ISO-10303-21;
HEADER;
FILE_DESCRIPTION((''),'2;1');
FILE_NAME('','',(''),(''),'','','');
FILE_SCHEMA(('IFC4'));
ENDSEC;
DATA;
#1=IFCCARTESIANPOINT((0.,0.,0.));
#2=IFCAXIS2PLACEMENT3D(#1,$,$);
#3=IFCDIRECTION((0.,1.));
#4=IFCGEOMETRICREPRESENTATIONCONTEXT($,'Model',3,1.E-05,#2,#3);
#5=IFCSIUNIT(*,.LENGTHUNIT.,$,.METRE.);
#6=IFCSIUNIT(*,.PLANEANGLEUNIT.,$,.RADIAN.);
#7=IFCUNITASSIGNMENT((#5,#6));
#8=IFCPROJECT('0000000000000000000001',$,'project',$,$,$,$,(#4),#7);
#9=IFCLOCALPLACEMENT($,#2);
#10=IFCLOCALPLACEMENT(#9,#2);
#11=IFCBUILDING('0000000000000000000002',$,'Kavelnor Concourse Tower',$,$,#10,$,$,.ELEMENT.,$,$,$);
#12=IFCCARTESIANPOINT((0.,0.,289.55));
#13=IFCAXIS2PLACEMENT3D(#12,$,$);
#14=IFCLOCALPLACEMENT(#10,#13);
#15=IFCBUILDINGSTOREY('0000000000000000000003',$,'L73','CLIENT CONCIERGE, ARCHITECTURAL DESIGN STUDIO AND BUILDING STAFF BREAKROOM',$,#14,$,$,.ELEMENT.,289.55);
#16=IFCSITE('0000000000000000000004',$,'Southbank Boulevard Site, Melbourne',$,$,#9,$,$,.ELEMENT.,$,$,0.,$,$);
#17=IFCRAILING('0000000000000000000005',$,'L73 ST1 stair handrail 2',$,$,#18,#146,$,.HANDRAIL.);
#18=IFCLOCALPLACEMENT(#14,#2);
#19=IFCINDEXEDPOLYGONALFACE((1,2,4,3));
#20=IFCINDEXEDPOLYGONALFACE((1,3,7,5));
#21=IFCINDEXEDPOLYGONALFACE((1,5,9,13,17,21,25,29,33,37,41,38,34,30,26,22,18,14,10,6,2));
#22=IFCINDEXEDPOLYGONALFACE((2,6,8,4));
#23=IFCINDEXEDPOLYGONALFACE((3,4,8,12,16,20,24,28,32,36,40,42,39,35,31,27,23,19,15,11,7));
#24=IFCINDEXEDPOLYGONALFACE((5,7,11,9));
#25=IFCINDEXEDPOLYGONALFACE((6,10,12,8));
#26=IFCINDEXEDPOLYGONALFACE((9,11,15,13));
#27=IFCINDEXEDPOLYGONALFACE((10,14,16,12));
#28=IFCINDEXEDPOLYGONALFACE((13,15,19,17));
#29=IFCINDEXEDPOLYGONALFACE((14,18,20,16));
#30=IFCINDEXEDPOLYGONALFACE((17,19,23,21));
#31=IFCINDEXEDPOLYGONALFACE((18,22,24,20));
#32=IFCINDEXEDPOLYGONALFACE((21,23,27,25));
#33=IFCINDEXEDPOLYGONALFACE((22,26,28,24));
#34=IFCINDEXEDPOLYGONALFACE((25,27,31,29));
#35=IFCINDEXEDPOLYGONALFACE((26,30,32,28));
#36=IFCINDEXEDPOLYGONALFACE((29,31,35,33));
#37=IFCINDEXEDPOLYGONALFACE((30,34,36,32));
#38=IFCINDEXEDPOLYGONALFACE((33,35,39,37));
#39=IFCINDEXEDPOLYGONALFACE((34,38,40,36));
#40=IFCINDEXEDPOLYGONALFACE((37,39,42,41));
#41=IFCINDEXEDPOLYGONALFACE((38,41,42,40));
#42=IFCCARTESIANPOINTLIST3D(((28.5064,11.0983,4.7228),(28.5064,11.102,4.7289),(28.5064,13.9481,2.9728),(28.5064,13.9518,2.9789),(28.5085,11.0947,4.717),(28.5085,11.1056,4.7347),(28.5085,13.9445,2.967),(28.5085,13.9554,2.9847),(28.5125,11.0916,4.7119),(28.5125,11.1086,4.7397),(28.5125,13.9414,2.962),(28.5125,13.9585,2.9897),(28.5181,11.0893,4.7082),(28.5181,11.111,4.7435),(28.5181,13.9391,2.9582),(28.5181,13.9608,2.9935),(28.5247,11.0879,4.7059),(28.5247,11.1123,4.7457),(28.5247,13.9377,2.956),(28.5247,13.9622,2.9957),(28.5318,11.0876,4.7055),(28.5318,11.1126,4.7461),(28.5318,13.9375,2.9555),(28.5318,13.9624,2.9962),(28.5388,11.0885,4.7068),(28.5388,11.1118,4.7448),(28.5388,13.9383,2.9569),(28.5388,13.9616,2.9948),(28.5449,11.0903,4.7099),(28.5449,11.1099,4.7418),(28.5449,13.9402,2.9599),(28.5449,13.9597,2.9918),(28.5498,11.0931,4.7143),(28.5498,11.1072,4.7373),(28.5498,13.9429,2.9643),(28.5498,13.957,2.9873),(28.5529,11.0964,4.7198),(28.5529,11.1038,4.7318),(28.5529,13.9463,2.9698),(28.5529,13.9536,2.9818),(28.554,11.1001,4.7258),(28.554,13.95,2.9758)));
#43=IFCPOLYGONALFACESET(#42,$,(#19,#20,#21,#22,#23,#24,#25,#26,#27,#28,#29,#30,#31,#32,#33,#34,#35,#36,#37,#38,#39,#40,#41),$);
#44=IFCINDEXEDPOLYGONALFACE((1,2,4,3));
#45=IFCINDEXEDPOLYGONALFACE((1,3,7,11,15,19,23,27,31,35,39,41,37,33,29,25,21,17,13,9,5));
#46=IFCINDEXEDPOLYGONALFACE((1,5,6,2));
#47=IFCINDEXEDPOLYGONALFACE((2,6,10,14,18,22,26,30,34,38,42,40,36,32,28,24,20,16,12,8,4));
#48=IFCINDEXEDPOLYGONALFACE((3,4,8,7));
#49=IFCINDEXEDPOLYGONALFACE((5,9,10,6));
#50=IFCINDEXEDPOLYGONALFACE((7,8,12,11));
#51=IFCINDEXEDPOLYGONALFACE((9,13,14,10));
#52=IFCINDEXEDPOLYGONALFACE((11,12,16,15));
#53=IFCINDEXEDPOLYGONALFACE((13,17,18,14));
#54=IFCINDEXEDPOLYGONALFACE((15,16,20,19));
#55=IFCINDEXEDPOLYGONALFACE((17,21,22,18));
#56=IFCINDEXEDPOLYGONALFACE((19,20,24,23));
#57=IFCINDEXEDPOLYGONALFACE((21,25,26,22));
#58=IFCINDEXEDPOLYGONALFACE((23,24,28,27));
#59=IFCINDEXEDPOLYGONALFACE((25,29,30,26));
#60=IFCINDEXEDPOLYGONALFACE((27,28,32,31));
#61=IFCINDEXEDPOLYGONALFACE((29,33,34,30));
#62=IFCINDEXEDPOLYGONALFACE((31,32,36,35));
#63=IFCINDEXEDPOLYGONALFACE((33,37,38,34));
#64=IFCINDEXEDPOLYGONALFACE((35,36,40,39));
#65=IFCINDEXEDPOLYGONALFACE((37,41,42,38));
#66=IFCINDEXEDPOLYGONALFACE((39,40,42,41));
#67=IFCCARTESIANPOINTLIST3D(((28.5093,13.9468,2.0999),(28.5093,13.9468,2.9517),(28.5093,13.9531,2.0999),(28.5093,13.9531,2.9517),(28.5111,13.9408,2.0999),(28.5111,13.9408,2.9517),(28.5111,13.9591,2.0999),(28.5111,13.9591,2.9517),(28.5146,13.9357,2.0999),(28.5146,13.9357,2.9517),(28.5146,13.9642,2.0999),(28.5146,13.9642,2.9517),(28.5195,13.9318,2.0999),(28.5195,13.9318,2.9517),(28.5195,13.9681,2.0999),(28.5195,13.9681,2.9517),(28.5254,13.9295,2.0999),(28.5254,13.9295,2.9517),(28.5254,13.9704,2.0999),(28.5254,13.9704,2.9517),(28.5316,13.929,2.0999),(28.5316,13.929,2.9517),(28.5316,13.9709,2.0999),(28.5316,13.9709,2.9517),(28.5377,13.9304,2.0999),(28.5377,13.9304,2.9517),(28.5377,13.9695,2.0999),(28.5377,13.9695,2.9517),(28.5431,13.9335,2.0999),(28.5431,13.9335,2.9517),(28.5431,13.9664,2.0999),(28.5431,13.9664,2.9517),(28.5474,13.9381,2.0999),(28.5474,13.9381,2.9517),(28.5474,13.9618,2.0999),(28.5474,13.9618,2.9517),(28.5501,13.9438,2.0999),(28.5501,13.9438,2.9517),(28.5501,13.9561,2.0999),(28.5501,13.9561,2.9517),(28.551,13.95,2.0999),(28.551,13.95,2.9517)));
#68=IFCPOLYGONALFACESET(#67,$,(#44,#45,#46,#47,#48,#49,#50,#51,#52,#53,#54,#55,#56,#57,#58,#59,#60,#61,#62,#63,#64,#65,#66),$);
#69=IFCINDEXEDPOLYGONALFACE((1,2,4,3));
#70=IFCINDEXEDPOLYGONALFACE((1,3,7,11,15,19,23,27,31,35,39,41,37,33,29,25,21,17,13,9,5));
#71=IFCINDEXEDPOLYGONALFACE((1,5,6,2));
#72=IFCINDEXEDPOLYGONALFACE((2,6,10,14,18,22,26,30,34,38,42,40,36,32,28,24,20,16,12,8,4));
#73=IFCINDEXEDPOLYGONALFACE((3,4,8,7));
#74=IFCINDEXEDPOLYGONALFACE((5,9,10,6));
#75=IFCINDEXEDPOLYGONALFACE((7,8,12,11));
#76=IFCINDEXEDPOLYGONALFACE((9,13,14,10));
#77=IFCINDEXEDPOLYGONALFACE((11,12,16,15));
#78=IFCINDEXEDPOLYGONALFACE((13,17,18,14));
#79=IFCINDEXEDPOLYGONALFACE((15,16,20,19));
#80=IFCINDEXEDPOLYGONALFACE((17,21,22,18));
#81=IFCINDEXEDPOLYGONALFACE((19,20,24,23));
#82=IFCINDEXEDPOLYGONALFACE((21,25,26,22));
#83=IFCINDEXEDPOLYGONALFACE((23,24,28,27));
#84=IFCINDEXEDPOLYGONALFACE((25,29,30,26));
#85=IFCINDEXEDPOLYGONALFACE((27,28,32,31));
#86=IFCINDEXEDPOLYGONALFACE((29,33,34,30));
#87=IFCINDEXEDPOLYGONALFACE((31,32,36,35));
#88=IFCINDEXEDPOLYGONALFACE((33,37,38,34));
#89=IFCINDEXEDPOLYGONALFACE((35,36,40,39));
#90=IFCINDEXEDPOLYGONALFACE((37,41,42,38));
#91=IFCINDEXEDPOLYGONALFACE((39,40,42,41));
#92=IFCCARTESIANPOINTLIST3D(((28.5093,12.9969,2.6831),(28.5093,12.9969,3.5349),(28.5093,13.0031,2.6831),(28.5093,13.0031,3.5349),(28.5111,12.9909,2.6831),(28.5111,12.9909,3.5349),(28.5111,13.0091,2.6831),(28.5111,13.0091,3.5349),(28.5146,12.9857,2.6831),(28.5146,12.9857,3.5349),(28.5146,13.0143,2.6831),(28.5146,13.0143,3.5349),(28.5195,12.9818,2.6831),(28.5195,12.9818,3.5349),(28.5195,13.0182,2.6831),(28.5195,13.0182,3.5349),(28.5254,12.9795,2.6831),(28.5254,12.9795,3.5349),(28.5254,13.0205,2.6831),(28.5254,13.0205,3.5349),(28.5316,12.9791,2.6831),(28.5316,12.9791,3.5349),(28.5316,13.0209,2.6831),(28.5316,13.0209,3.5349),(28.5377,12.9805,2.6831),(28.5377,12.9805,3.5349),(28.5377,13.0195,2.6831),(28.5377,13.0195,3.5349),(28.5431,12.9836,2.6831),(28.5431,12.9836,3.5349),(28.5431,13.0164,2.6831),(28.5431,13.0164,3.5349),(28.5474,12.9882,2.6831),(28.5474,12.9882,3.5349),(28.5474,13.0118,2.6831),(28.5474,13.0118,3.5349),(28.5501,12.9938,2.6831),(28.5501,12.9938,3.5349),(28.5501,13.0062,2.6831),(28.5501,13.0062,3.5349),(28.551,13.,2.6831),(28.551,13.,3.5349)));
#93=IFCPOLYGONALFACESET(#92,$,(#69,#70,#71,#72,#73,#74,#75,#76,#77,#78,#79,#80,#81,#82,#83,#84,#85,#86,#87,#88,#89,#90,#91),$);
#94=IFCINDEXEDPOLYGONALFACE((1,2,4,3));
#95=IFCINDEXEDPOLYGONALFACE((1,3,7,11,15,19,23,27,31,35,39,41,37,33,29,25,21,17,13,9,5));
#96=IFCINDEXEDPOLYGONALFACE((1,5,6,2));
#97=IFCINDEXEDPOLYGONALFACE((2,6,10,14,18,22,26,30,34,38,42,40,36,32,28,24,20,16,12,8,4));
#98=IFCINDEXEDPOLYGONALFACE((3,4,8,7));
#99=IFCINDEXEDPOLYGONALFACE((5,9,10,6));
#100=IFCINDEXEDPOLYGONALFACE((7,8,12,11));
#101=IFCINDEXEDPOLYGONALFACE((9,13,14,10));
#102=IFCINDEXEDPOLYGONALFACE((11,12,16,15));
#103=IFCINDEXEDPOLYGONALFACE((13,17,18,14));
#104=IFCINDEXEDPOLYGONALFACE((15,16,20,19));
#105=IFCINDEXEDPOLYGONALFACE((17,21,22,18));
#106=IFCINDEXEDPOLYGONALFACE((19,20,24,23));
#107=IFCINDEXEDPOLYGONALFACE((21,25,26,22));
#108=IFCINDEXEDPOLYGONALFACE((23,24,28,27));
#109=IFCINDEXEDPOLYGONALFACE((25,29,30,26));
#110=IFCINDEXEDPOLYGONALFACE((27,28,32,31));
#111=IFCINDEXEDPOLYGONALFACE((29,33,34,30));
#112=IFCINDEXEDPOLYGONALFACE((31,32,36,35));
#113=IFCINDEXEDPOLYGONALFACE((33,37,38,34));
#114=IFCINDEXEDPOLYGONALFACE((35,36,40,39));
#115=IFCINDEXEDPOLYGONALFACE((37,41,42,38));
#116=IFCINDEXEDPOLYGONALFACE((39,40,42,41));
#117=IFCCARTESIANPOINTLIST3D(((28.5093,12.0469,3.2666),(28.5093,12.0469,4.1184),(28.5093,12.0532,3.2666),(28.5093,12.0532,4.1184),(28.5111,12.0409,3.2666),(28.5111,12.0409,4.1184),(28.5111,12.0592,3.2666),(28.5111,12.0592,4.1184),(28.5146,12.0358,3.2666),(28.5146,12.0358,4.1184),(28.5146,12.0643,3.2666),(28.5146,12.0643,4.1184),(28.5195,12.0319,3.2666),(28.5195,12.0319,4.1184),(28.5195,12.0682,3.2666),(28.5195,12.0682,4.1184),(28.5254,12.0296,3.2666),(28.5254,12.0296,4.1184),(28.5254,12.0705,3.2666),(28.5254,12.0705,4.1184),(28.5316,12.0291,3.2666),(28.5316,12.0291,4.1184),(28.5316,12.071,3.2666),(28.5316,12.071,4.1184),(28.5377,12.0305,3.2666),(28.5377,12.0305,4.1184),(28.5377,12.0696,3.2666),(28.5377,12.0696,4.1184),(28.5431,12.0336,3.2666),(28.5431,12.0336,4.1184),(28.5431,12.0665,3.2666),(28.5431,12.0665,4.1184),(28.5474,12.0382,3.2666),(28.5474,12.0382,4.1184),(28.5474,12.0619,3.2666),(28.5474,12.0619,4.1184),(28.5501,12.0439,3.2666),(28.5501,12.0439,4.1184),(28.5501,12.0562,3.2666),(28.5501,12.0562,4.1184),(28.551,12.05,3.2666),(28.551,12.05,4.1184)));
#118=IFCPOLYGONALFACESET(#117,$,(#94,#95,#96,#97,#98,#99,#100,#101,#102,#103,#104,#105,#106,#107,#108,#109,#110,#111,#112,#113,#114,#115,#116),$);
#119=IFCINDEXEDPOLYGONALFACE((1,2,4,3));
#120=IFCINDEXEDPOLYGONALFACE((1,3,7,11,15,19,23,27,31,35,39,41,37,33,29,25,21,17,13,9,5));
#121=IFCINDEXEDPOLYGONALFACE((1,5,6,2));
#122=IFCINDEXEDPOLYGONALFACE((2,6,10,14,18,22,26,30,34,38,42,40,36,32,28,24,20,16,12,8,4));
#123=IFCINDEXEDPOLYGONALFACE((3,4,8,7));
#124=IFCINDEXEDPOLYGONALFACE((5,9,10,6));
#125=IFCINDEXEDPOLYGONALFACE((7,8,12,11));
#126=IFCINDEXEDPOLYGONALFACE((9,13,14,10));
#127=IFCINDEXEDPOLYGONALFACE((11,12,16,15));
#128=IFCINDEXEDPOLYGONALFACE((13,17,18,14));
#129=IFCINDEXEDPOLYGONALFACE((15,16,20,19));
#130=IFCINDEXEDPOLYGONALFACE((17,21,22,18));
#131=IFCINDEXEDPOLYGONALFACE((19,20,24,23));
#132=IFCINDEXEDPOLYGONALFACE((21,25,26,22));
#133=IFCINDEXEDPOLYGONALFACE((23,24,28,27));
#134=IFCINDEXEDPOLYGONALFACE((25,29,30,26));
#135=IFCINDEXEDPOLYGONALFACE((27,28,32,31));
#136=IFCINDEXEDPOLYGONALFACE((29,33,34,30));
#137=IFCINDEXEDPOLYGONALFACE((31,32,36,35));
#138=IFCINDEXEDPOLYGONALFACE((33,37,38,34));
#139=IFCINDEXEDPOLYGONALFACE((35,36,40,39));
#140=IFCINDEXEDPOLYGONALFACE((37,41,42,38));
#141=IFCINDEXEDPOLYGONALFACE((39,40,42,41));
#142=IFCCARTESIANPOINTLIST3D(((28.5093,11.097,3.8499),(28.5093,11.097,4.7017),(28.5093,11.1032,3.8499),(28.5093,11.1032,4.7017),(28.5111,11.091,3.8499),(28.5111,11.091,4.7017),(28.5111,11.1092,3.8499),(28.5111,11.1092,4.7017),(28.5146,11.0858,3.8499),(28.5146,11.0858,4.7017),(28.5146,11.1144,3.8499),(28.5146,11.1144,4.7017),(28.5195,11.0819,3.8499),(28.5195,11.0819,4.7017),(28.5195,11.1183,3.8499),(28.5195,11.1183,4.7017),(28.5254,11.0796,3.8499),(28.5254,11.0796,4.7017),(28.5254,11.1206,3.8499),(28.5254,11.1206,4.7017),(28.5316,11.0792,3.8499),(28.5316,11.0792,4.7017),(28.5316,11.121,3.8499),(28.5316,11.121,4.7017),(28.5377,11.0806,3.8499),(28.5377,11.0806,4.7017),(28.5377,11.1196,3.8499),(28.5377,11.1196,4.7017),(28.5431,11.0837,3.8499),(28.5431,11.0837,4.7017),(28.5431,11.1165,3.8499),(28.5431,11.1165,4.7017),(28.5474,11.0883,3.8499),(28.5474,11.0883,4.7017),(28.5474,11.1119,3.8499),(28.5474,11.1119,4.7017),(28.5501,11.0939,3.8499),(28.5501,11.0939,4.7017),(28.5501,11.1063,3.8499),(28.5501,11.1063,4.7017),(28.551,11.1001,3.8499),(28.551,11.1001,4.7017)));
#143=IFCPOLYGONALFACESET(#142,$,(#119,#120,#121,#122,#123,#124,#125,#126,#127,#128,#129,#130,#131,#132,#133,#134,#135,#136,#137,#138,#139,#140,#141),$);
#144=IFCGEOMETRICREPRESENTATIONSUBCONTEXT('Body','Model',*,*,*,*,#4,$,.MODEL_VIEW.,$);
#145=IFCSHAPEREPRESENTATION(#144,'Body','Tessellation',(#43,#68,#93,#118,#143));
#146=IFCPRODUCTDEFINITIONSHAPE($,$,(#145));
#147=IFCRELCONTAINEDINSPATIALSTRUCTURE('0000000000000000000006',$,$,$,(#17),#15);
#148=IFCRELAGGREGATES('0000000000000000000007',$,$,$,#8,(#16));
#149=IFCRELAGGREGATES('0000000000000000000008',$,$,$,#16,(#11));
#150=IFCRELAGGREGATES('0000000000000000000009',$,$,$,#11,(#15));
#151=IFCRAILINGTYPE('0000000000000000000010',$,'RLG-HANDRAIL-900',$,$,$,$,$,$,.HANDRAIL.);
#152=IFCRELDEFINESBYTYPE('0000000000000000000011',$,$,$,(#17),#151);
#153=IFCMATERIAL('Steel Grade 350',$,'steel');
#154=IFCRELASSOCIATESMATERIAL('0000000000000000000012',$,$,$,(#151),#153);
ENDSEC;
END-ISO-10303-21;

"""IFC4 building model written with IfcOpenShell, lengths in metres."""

from ifc_helpers import new_model, si_unit, direction, frame, origin, origin_2d, place, context, subcontext, project, spatial, circle, extrude, material, type_object, element, save


model = new_model("IFC4")

# Units and contexts
model_context = context("Model", 3, precision=1e-05, world=origin(), true_north=direction((0.0, 1.0)))
body_context = subcontext(model_context, "Body", "Model", "MODEL_VIEW")
ifc_project = project(units=[si_unit("LENGTHUNIT", "METRE"), si_unit("PLANEANGLEUNIT", "RADIAN")], contexts=[model_context])

# Site, building, storey
site_placement = place(None, origin())
site = spatial("IfcSite", under=ifc_project, at=site_placement, Name="Southbank Boulevard Site, Melbourne", CompositionType="ELEMENT", RefElevation=0.0)
building_placement = place(site_placement, origin())
building = spatial("IfcBuilding", under=site, at=building_placement, Name="Kavelnor Concourse Tower", CompositionType="ELEMENT")
storey_placement = place(building_placement, frame((0.0, 0.0, 289.55)))
storey = spatial("IfcBuildingStorey", under=building, at=storey_placement, Name="L73", Description="CLIENT CONCIERGE, ARCHITECTURAL DESIGN STUDIO AND BUILDING STAFF BREAKROOM", CompositionType="ELEMENT", Elevation=289.55)

# Shared definitions
ifc_material_1 = material(Name="Steel Grade 350", Category="steel")

# Railing
railing_type_1 = type_object("IfcRailingType", Name="RLG-HANDRAIL-900", PredefinedType="HANDRAIL", material=ifc_material_1)
railing_1_placement = place(storey_placement, frame((28.53, 13.95, 2.0999)))
element("IfcRailing", 1, at=railing_1_placement, inside=storey, type_object=railing_type_1, Name="L73 ST1 stair handrail 2", PredefinedType="HANDRAIL", context=body_context, shape_type="SweptSolid", body=[
    extrude(circle(Radius=0.0239, at=origin_2d()), frame((0.0, 0.0, 0.876), z_axis=(0.0, -0.852159, 0.523283), x_axis=(1.0, 0.0, 0.0)), (0.0, 0.0, 1.0), 3.3442),
    extrude(circle(Radius=0.021, at=origin_2d()), origin(), (0.0, 0.0, 1.0), 0.8518),
    extrude(circle(Radius=0.021, at=origin_2d()), frame((0.0, -0.95, 0.5833)), (0.0, 0.0, 1.0), 0.8518),
    extrude(circle(Radius=0.021, at=origin_2d()), frame((0.0, -1.8999, 1.1667)), (0.0, 0.0, 1.0), 0.8518),
    extrude(circle(Radius=0.021, at=origin_2d()), frame((0.0, -2.8499, 1.75)), (0.0, 0.0, 1.0), 0.8518),
])

save(model, "model.ifc")
